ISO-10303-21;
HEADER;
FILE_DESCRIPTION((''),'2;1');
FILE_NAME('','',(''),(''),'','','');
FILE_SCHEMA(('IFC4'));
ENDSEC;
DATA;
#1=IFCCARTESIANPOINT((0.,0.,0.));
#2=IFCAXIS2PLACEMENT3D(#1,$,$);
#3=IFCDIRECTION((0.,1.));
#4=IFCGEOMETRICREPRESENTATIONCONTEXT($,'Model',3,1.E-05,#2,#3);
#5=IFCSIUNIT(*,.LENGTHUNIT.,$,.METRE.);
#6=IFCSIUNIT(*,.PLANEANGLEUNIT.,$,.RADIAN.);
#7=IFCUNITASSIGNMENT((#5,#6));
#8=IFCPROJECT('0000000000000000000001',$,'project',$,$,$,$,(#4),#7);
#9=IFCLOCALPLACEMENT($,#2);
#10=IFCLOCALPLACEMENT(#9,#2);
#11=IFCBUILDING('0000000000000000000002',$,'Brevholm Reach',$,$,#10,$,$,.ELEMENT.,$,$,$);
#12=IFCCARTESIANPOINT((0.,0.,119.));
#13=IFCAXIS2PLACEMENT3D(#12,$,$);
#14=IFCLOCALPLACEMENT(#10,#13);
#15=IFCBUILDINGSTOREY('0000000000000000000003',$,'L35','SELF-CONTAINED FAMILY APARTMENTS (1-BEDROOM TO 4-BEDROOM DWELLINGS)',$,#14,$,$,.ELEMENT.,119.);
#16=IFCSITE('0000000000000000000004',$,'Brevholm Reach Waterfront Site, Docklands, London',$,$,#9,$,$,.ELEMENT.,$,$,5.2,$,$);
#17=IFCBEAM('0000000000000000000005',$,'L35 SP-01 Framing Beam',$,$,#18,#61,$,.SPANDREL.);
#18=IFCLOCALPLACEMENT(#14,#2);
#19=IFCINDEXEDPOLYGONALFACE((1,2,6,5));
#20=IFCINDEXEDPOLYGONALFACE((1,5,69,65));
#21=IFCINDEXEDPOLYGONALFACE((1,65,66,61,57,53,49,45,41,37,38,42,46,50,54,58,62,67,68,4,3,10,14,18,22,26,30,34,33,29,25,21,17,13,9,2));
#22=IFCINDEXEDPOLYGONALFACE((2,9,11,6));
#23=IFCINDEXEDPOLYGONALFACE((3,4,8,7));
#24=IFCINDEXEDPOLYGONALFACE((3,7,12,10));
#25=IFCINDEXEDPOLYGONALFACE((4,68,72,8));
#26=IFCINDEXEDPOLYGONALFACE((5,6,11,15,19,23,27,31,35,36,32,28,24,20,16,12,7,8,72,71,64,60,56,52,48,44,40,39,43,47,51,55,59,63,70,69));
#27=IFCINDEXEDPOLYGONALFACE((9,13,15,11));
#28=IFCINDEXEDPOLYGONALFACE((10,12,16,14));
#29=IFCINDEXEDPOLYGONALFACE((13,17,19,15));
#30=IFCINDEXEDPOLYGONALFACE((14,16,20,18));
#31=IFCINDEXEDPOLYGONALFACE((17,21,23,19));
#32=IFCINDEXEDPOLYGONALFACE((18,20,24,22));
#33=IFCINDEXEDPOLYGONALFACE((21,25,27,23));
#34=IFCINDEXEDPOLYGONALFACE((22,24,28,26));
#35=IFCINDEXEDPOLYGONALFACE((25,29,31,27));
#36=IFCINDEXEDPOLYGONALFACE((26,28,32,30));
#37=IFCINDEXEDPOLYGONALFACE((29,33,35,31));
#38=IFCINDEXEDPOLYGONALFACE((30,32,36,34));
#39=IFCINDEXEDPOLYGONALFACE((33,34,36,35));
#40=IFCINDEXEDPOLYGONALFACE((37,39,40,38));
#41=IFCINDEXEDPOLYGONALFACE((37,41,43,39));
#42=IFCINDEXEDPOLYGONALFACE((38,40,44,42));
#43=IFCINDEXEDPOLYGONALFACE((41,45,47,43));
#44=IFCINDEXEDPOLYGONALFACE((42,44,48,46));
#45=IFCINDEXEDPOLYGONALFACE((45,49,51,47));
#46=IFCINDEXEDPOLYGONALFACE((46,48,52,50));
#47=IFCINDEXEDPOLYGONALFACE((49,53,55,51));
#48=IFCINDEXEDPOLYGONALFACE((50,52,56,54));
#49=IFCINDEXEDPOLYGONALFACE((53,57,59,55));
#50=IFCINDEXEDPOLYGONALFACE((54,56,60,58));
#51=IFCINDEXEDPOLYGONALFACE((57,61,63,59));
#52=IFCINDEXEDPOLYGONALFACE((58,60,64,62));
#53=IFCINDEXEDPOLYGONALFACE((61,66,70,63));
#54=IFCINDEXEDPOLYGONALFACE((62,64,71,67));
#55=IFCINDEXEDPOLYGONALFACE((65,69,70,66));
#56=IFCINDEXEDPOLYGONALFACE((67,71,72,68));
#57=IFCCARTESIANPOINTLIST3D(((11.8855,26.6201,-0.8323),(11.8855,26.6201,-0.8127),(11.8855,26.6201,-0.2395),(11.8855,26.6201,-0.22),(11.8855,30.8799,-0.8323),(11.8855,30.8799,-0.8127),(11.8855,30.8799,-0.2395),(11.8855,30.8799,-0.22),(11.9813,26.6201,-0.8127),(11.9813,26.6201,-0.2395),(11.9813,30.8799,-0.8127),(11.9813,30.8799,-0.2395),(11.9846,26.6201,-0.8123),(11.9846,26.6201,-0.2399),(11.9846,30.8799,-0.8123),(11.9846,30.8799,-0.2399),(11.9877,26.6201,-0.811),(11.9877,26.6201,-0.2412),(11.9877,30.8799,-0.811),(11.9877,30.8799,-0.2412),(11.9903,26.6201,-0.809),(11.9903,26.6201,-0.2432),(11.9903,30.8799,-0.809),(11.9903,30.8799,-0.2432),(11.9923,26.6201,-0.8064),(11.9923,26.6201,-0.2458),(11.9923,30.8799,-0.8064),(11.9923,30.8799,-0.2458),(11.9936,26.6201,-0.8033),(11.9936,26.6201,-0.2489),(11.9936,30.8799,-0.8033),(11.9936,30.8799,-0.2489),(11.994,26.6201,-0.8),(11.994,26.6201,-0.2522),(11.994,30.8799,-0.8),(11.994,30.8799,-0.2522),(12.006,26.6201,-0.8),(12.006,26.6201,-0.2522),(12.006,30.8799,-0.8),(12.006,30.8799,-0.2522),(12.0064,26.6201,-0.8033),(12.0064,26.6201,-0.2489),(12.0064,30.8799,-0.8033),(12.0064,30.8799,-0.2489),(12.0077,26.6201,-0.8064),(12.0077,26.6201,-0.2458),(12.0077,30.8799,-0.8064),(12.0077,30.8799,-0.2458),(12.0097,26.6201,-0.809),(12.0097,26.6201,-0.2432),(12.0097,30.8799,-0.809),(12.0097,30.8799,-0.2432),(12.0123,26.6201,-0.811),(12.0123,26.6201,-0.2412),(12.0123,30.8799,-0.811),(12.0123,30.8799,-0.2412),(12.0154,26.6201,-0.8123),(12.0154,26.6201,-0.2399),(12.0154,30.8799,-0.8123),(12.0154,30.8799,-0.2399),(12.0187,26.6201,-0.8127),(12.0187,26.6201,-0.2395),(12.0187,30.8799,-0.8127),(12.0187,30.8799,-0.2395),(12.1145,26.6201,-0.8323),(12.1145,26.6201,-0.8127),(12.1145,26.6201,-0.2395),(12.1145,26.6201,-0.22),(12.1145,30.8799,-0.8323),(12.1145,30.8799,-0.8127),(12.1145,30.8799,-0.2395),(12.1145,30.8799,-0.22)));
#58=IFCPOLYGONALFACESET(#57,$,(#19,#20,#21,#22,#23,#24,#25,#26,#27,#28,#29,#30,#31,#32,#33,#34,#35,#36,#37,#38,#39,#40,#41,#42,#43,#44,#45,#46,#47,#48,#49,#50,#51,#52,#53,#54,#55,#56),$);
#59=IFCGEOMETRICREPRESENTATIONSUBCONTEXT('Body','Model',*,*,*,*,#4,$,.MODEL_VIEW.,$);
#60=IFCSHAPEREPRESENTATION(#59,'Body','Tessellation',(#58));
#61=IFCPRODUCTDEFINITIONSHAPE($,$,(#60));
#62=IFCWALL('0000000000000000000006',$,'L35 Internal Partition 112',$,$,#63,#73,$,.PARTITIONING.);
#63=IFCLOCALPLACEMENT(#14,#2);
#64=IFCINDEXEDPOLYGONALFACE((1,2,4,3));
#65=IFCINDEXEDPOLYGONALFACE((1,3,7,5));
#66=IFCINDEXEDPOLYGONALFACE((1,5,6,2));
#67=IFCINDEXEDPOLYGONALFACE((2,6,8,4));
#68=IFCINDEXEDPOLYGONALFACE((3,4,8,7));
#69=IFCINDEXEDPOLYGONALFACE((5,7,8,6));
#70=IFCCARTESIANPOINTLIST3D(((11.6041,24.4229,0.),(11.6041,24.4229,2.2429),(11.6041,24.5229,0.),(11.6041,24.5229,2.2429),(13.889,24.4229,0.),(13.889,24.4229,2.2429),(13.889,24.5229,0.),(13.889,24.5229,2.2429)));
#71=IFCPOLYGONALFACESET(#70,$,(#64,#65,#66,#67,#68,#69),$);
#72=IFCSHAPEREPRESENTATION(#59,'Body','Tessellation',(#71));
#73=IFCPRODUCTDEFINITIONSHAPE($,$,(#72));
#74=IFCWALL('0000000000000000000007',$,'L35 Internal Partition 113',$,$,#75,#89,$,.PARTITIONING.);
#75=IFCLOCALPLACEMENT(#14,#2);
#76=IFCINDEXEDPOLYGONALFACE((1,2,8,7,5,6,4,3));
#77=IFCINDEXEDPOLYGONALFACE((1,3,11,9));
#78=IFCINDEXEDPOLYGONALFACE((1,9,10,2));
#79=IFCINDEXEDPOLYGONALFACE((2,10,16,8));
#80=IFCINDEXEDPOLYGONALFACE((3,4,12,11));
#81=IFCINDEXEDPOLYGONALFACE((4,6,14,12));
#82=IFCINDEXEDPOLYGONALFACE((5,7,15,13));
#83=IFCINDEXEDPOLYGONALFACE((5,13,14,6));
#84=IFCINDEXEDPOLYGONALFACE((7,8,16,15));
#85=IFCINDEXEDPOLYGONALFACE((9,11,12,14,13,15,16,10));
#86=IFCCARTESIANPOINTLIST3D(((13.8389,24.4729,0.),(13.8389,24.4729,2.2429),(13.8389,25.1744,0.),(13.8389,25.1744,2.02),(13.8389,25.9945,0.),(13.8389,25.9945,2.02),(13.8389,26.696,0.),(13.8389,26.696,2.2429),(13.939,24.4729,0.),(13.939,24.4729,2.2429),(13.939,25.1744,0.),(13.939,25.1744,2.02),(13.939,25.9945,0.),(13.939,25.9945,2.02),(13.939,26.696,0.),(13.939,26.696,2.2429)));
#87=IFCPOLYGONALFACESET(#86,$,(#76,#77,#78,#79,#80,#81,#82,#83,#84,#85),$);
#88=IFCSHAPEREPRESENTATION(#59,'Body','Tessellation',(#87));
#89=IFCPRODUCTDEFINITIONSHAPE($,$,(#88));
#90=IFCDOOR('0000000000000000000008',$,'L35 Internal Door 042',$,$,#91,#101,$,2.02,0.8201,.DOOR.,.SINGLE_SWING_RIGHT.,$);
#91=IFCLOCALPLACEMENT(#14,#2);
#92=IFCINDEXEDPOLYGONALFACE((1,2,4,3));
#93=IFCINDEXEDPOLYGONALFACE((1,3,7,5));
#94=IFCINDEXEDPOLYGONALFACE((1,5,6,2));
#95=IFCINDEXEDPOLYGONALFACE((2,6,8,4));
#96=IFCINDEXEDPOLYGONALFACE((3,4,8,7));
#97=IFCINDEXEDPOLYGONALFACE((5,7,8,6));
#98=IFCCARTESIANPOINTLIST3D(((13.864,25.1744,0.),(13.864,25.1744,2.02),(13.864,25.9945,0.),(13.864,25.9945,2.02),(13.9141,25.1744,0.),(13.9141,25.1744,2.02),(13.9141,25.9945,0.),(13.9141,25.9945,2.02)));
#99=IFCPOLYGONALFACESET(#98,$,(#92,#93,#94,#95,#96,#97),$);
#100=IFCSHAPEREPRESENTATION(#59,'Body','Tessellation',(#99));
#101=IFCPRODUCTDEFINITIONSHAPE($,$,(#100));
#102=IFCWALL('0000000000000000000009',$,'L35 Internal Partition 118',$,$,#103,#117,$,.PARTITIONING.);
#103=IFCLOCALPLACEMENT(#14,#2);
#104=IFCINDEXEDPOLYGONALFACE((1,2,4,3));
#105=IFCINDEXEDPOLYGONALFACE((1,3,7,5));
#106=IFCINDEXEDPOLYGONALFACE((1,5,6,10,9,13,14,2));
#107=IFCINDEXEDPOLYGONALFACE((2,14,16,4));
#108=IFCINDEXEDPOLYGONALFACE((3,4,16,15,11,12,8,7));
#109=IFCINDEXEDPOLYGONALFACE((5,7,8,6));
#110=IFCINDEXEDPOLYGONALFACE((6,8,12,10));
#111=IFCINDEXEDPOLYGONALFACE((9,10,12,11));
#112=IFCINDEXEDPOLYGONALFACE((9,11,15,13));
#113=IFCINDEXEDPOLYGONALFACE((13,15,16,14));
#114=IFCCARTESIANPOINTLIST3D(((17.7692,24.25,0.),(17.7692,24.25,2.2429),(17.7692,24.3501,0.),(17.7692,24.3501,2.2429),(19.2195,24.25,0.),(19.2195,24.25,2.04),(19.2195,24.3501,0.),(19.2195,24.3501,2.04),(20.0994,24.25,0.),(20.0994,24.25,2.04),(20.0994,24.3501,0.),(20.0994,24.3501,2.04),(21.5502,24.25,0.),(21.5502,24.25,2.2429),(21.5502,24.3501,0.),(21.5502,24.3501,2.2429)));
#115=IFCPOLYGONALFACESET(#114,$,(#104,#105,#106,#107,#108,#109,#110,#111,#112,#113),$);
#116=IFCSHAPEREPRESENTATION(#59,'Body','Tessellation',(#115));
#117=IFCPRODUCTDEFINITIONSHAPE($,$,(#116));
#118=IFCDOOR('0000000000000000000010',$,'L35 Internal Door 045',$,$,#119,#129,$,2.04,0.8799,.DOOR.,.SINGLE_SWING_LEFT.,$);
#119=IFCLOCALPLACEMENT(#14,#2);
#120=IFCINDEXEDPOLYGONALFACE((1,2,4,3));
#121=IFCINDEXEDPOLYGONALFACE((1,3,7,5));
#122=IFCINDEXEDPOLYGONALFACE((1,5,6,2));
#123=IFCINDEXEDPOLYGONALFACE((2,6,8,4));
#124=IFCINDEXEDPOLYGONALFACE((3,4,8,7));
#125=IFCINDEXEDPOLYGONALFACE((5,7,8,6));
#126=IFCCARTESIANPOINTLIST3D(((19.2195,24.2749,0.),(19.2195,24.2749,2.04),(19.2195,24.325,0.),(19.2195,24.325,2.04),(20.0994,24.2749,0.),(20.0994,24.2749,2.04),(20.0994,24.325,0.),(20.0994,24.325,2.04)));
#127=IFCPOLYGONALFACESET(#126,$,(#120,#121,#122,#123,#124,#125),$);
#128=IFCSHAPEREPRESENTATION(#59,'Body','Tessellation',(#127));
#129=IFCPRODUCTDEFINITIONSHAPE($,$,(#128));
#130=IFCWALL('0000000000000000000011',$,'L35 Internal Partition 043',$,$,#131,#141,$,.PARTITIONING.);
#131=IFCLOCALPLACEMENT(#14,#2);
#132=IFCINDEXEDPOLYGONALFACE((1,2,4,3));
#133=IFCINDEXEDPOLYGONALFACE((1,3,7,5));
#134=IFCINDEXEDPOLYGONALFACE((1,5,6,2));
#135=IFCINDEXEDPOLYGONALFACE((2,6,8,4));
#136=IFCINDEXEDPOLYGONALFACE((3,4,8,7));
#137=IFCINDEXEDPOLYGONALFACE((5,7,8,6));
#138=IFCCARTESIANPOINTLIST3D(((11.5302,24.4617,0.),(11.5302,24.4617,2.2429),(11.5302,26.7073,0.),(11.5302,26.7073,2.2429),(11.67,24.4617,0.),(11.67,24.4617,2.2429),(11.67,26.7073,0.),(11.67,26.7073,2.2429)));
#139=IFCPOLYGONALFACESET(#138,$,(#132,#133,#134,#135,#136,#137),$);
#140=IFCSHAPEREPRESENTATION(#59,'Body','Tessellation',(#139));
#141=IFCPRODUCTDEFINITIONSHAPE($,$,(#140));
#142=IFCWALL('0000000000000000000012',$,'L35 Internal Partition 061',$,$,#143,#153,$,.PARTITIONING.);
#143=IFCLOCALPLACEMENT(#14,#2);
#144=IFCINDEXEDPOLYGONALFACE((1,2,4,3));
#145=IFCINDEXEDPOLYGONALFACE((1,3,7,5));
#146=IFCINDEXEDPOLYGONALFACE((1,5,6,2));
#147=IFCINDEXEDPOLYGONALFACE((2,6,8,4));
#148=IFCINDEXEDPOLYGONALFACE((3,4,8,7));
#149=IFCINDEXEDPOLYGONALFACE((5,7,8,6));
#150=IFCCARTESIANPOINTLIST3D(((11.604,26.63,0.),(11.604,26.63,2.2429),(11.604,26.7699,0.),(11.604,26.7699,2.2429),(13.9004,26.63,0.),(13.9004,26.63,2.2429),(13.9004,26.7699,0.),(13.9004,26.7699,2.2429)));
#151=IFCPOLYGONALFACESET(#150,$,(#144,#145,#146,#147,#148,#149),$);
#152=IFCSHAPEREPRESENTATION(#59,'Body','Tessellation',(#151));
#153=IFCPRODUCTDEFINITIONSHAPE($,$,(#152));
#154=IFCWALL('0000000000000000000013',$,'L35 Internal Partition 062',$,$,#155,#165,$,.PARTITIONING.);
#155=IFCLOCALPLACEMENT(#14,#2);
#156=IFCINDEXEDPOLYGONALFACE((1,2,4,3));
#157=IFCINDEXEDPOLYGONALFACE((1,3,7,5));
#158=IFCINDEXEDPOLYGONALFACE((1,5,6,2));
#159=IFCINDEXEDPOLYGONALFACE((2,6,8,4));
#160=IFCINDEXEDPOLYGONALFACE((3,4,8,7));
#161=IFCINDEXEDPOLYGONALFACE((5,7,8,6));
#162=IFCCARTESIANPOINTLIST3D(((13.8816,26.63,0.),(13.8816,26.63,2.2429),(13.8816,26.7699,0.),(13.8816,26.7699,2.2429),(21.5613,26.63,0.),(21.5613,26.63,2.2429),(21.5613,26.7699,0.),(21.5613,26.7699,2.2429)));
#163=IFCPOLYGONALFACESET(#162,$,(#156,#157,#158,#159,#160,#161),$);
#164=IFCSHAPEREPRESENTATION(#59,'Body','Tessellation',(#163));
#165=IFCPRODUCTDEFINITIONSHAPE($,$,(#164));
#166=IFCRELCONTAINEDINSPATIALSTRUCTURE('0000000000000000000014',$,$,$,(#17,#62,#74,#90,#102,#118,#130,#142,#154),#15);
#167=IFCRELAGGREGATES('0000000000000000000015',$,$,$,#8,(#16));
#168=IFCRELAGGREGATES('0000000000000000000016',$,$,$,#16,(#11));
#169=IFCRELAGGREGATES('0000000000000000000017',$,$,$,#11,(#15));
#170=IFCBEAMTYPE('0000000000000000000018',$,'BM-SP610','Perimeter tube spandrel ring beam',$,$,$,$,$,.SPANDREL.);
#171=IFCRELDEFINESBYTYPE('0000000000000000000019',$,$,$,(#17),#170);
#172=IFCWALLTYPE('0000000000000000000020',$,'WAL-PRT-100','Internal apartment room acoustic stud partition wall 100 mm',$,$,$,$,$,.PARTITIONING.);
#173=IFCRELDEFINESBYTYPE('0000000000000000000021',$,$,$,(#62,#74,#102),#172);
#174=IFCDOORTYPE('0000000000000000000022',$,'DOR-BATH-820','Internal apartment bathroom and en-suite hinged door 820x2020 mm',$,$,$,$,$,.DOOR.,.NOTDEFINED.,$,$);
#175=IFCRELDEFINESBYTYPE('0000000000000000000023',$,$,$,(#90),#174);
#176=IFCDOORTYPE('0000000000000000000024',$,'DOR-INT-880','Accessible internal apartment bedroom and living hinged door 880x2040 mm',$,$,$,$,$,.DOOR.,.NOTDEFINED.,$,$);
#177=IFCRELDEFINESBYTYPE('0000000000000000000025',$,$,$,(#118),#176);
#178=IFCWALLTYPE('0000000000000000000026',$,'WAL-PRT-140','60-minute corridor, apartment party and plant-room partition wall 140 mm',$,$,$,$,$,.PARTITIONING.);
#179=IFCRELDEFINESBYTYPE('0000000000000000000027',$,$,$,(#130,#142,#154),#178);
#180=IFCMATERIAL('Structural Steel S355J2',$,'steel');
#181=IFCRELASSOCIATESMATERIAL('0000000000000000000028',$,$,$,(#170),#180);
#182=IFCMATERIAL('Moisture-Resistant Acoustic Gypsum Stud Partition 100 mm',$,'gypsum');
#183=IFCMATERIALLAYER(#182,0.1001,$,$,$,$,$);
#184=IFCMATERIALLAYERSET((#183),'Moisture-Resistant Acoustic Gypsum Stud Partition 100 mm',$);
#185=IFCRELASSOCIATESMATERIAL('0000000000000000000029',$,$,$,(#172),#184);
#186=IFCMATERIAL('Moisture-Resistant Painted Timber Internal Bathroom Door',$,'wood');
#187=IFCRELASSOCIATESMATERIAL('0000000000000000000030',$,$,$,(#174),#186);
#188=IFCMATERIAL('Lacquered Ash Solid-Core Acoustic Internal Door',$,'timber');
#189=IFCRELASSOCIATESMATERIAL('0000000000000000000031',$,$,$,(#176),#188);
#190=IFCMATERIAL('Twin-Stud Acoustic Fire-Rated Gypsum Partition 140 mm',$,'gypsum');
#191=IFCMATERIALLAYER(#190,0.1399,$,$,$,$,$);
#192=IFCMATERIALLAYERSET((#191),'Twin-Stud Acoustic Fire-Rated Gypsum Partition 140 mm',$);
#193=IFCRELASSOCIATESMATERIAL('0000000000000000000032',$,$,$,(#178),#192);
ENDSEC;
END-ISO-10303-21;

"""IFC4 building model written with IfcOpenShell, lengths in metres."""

from ifc_helpers import new_model, si_unit, direction, frame, frame_2d, origin, origin_2d, place, context, subcontext, project, spatial, rectangle, i_section, extrude, material, layer, layer_set, material_profile, profile_set, type_object, element, fill, save


model = new_model("IFC4")

# Units and contexts
model_context = context("Model", 3, precision=1e-05, world=origin(), true_north=direction((0.0, 1.0)))
body_context = subcontext(model_context, "Body", "Model", "MODEL_VIEW")
ifc_project = project(units=[si_unit("LENGTHUNIT", "METRE"), si_unit("PLANEANGLEUNIT", "RADIAN")], contexts=[model_context])

# Site, building, storey
site_placement = place(None, origin())
site = spatial("IfcSite", under=ifc_project, at=site_placement, Name="Brevholm Reach Waterfront Site, Docklands, London", CompositionType="ELEMENT", RefElevation=5.2)
building_placement = place(site_placement, origin())
building = spatial("IfcBuilding", under=site, at=building_placement, Name="Brevholm Reach", CompositionType="ELEMENT")
storey_placement = place(building_placement, frame((0.0, 0.0, 119.0)))
storey = spatial("IfcBuildingStorey", under=building, at=storey_placement, Name="L35", Description="SELF-CONTAINED FAMILY APARTMENTS (1-BEDROOM TO 4-BEDROOM DWELLINGS)", CompositionType="ELEMENT", Elevation=119.0)

# Beam
ifc_material_1 = material(Name="Structural Steel S355J2", Category="steel")
ifc_material_profile_1 = material_profile(ifc_material_1, i_section(OverallWidth=0.229, OverallDepth=0.6123, WebThickness=0.012, FlangeThickness=0.0195, FilletRadius=0.0127, at=origin_2d()), Name="UKB 610x229x125")
ifc_profile_set_1 = profile_set([ifc_material_profile_1], Name="Structural Steel S355J2")
beam_type_1 = type_object("IfcBeamType", Name="BM-SP610", Description="Perimeter tube spandrel ring beam", PredefinedType="SPANDREL", material=ifc_profile_set_1)
beam_1_placement = place(storey_placement, frame((12.0, 26.6201, -0.5261), z_axis=(0.0, 1.0, 0.0), x_axis=(-1.0, 0.0, 0.0)))
element("IfcBeam", 1, at=beam_1_placement, inside=storey, type_object=beam_type_1, Name="L35 SP-01 Framing Beam", PredefinedType="SPANDREL", context=body_context, shape_type="SweptSolid", body=[
    extrude(i_section(OverallWidth=0.229, OverallDepth=0.6123, WebThickness=0.012, FlangeThickness=0.0195, FilletRadius=0.0127, at=origin_2d()), origin(), (0.0, 0.0, 1.0), 4.2598),
])

# Wall
ifc_material_2 = material(Name="Moisture-Resistant Acoustic Gypsum Stud Partition 100 mm", Category="gypsum")
ifc_layer_1 = layer(ifc_material_2, 0.1001)
ifc_layer_set_1 = layer_set([ifc_layer_1], Name="Moisture-Resistant Acoustic Gypsum Stud Partition 100 mm")
wall_type_1 = type_object("IfcWallType", Name="WAL-PRT-100", Description="Internal apartment room acoustic stud partition wall 100 mm", PredefinedType="PARTITIONING", material=ifc_layer_set_1)
wall_1_placement = place(storey_placement, frame((11.604, 24.4729, 0.0), z_axis=(0.0, 0.0, 1.0), x_axis=(1.0, 0.0, 0.0)))
element("IfcWall", 2, at=wall_1_placement, inside=storey, type_object=wall_type_1, Name="L35 Internal Partition 112", PredefinedType="PARTITIONING", context=body_context, shape_type="SweptSolid", body=[
    extrude(rectangle(XDim=2.2849, YDim=0.1001, at=frame_2d((1.1426, 0.0))), origin(), (0.0, 0.0, 1.0), 2.2429),
])

# Walls, openings, doors
wall_2_placement = place(storey_placement, frame((13.8889, 24.4729, 0.0), z_axis=(0.0, 0.0, 1.0), x_axis=(0.0, 1.0, 0.0)))
wall_2 = element("IfcWall", 3, at=wall_2_placement, inside=storey, type_object=wall_type_1, Name="L35 Internal Partition 113", PredefinedType="PARTITIONING", context=body_context, shape_type="SweptSolid", body=[
    extrude(rectangle(XDim=2.2231, YDim=0.1001, at=frame_2d((1.1116, 0.0))), origin(), (0.0, 0.0, 1.0), 2.2429),
])
opening_1_placement = place(wall_2_placement, frame((0.7014, 0.0, 0.0)))
opening_1 = element("IfcOpeningElement", 4, at=opening_1_placement, cuts=wall_2, PredefinedType="OPENING", context=body_context, shape_type="SweptSolid", body=[
    extrude(rectangle(XDim=0.8201, YDim=2.02, at=frame_2d((0.4102, 1.01))), frame((0.0, 0.0601, 0.0), z_axis=(0.0, -1.0, 0.0), x_axis=(1.0, 0.0, 0.0)), (0.0, 0.0, 1.0), 0.1201),
])
ifc_material_3 = material(Name="Moisture-Resistant Painted Timber Internal Bathroom Door", Category="wood")
door_type_1 = type_object("IfcDoorType", Name="DOR-BATH-820", Description="Internal apartment bathroom and en-suite hinged door 820x2020 mm", OperationType="NOTDEFINED", PredefinedType="DOOR", material=ifc_material_3)
door_1_placement = place(opening_1_placement, origin())
door_1 = element("IfcDoor", 5, at=door_1_placement, inside=storey, type_object=door_type_1, Name="L35 Internal Door 042", OperationType="SINGLE_SWING_RIGHT", OverallHeight=2.02, OverallWidth=0.8201, PredefinedType="DOOR", context=body_context, shape_type="SweptSolid", body=[
    extrude(rectangle(XDim=0.8201, YDim=2.02, at=frame_2d((0.4102, 1.01))), frame((0.0, 0.0249, 0.0), z_axis=(0.0, -1.0, 0.0), x_axis=(1.0, 0.0, 0.0)), (0.0, 0.0, 1.0), 0.05),
])
fill(opening_1, door_1)
wall_3_placement = place(storey_placement, frame((17.769, 24.3, 0.0), z_axis=(0.0, 0.0, 1.0), x_axis=(1.0, 0.0, 0.0)))
wall_3 = element("IfcWall", 6, at=wall_3_placement, inside=storey, type_object=wall_type_1, Name="L35 Internal Partition 118", PredefinedType="PARTITIONING", context=body_context, shape_type="SweptSolid", body=[
    extrude(rectangle(XDim=3.781, YDim=0.1001, at=frame_2d((1.8906, 0.0))), origin(), (0.0, 0.0, 1.0), 2.2429),
])
opening_2_placement = place(wall_3_placement, frame((1.4504, 0.0, 0.0)))
opening_2 = element("IfcOpeningElement", 7, at=opening_2_placement, cuts=wall_3, PredefinedType="OPENING", context=body_context, shape_type="SweptSolid", body=[
    extrude(rectangle(XDim=0.8799, YDim=2.04, at=frame_2d((0.4399, 1.02))), frame((0.0, 0.0601, 0.0), z_axis=(0.0, -1.0, 0.0), x_axis=(1.0, 0.0, 0.0)), (0.0, 0.0, 1.0), 0.1201),
])
ifc_material_4 = material(Name="Lacquered Ash Solid-Core Acoustic Internal Door", Category="timber")
door_type_2 = type_object("IfcDoorType", Name="DOR-INT-880", Description="Accessible internal apartment bedroom and living hinged door 880x2040 mm", OperationType="NOTDEFINED", PredefinedType="DOOR", material=ifc_material_4)
door_2_placement = place(opening_2_placement, origin())
door_2 = element("IfcDoor", 8, at=door_2_placement, inside=storey, type_object=door_type_2, Name="L35 Internal Door 045", OperationType="SINGLE_SWING_LEFT", OverallHeight=2.04, OverallWidth=0.8799, PredefinedType="DOOR", context=body_context, shape_type="SweptSolid", body=[
    extrude(rectangle(XDim=0.8799, YDim=2.04, at=frame_2d((0.4399, 1.02))), frame((0.0, 0.0249, 0.0), z_axis=(0.0, -1.0, 0.0), x_axis=(1.0, 0.0, 0.0)), (0.0, 0.0, 1.0), 0.05),
])
fill(opening_2, door_2)

# Walls
ifc_material_5 = material(Name="Twin-Stud Acoustic Fire-Rated Gypsum Partition 140 mm", Category="gypsum")
ifc_layer_2 = layer(ifc_material_5, 0.1399)
ifc_layer_set_2 = layer_set([ifc_layer_2], Name="Twin-Stud Acoustic Fire-Rated Gypsum Partition 140 mm")
wall_type_2 = type_object("IfcWallType", Name="WAL-PRT-140", Description="60-minute corridor, apartment party and plant-room partition wall 140 mm", PredefinedType="PARTITIONING", material=ifc_layer_set_2)
wall_4_placement = place(storey_placement, frame((11.6001, 24.4617, 0.0), z_axis=(0.0, 0.0, 1.0), x_axis=(0.0, 1.0, 0.0)))
element("IfcWall", 9, at=wall_4_placement, inside=storey, type_object=wall_type_2, Name="L35 Internal Partition 043", PredefinedType="PARTITIONING", context=body_context, shape_type="SweptSolid", body=[
    extrude(rectangle(XDim=2.2456, YDim=0.1399, at=frame_2d((1.1228, 0.0))), origin(), (0.0, 0.0, 1.0), 2.2429),
])
wall_5_placement = place(storey_placement, frame((11.604, 26.7, 0.0), z_axis=(0.0, 0.0, 1.0), x_axis=(1.0, 0.0, 0.0)))
element("IfcWall", 10, at=wall_5_placement, inside=storey, type_object=wall_type_2, Name="L35 Internal Partition 061", PredefinedType="PARTITIONING", context=body_context, shape_type="SweptSolid", body=[
    extrude(rectangle(XDim=2.2964, YDim=0.1399, at=frame_2d((1.1482, 0.0))), origin(), (0.0, 0.0, 1.0), 2.2429),
])
wall_6_placement = place(storey_placement, frame((13.8816, 26.7, 0.0), z_axis=(0.0, 0.0, 1.0), x_axis=(1.0, 0.0, 0.0)))
element("IfcWall", 11, at=wall_6_placement, inside=storey, type_object=wall_type_2, Name="L35 Internal Partition 062", PredefinedType="PARTITIONING", context=body_context, shape_type="SweptSolid", body=[
    extrude(rectangle(XDim=7.6797, YDim=0.1399, at=frame_2d((3.8398, 0.0))), origin(), (0.0, 0.0, 1.0), 2.2429),
])

save(model, "model.ifc")
